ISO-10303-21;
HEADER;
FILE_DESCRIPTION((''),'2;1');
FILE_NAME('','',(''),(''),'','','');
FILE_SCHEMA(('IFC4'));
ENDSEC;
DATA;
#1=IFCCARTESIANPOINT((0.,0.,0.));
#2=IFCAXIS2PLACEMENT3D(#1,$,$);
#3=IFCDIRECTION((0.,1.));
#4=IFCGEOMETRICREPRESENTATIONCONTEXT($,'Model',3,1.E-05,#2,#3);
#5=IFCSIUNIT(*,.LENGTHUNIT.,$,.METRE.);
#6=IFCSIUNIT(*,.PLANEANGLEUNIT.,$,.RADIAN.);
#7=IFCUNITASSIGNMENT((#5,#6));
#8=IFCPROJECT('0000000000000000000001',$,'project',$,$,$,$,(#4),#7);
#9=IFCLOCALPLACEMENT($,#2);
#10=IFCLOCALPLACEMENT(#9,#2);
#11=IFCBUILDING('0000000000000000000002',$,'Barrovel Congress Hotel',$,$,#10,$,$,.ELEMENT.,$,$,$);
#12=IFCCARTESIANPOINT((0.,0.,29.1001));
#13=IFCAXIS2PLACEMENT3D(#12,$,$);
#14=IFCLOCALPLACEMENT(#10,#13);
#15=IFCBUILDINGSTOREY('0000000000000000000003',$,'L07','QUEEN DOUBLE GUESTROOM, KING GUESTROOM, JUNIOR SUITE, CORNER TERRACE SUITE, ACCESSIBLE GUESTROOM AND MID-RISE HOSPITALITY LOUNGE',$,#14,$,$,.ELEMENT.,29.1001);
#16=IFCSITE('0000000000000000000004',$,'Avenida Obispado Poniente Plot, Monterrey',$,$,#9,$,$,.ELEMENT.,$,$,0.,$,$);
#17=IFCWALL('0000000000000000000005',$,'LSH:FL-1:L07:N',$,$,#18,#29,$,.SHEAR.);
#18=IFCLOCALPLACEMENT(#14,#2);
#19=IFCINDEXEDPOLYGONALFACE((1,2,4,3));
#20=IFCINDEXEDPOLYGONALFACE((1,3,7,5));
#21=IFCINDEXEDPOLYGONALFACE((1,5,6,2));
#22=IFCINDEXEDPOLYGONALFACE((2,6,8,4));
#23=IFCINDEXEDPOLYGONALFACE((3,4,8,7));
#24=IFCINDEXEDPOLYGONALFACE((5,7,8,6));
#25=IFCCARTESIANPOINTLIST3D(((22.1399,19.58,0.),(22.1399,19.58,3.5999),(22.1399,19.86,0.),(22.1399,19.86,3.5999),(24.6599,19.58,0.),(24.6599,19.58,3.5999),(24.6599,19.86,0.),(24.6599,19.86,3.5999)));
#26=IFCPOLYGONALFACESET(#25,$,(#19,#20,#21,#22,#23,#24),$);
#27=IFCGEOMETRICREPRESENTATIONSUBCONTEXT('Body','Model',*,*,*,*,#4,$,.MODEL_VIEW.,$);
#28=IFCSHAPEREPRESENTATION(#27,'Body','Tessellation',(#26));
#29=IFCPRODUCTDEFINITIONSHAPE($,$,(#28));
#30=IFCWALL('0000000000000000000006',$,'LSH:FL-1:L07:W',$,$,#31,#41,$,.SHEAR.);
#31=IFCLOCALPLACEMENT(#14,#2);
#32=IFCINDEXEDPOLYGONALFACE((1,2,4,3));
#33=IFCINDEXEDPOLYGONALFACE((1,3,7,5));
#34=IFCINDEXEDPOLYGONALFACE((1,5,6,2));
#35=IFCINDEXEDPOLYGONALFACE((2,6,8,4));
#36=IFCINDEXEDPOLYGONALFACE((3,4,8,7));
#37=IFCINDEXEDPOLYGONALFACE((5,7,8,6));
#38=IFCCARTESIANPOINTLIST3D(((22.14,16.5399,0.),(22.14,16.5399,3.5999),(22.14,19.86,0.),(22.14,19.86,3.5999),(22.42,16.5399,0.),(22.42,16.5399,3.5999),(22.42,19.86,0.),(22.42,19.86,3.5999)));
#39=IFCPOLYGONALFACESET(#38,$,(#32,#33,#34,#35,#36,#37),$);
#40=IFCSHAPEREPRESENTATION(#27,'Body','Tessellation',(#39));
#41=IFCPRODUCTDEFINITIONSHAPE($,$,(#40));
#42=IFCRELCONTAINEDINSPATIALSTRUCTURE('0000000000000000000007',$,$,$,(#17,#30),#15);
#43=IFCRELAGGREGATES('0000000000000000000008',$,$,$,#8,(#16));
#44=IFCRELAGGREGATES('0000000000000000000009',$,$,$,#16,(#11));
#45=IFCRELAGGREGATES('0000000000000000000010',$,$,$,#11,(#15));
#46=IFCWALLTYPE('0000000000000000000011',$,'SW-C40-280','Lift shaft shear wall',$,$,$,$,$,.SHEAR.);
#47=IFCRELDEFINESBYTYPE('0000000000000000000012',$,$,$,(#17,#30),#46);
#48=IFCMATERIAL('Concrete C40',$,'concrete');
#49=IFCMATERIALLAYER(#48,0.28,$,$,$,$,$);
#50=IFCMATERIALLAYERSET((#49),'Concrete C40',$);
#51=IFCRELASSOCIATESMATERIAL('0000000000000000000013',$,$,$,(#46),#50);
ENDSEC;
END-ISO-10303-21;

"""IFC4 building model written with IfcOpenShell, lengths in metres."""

from ifc_helpers import new_model, si_unit, direction, frame, frame_2d, origin, place, context, subcontext, project, spatial, rectangle, extrude, material, layer, layer_set, type_object, element, save


model = new_model("IFC4")

# Units and contexts
model_context = context("Model", 3, precision=1e-05, world=origin(), true_north=direction((0.0, 1.0)))
body_context = subcontext(model_context, "Body", "Model", "MODEL_VIEW")
ifc_project = project(units=[si_unit("LENGTHUNIT", "METRE"), si_unit("PLANEANGLEUNIT", "RADIAN")], contexts=[model_context])

# Site, building, storey
site_placement = place(None, origin())
site = spatial("IfcSite", under=ifc_project, at=site_placement, Name="Avenida Obispado Poniente Plot, Monterrey", CompositionType="ELEMENT", RefElevation=0.0)
building_placement = place(site_placement, origin())
building = spatial("IfcBuilding", under=site, at=building_placement, Name="Barrovel Congress Hotel", CompositionType="ELEMENT")
storey_placement = place(building_placement, frame((0.0, 0.0, 29.1001)))
storey = spatial("IfcBuildingStorey", under=building, at=storey_placement, Name="L07", Description="QUEEN DOUBLE GUESTROOM, KING GUESTROOM, JUNIOR SUITE, CORNER TERRACE SUITE, ACCESSIBLE GUESTROOM AND MID-RISE HOSPITALITY LOUNGE", CompositionType="ELEMENT", Elevation=29.1001)

# Shared definitions
ifc_material_1 = material(Name="Concrete C40", Category="concrete")

# Shared definitions
ifc_layer_1 = layer(ifc_material_1, 0.28)
ifc_layer_set_1 = layer_set([ifc_layer_1], Name="Concrete C40")
wall_type_1 = type_object("IfcWallType", Name="SW-C40-280", Description="Lift shaft shear wall", PredefinedType="SHEAR", material=ifc_layer_set_1)

# Walls
wall_1_placement = place(storey_placement, frame((24.6599, 19.72, 0.0), z_axis=(0.0, 0.0, 1.0), x_axis=(-1.0, 0.0, 0.0)))
element("IfcWall", 1, at=wall_1_placement, inside=storey, type_object=wall_type_1, Name="LSH:FL-1:L07:N", PredefinedType="SHEAR", context=body_context, shape_type="SweptSolid", body=[
    extrude(rectangle(XDim=2.52, YDim=0.28, at=frame_2d((1.26, 0.0))), origin(), (0.0, 0.0, 1.0), 3.5999),
])
wall_2_placement = place(storey_placement, frame((22.28, 19.8601, 0.0), z_axis=(0.0, 0.0, 1.0), x_axis=(0.0, -1.0, 0.0)))
element("IfcWall", 2, at=wall_2_placement, inside=storey, type_object=wall_type_1, Name="LSH:FL-1:L07:W", PredefinedType="SHEAR", context=body_context, shape_type="SweptSolid", body=[
    extrude(rectangle(XDim=3.3201, YDim=0.28, at=frame_2d((1.6602, 0.0))), origin(), (0.0, 0.0, 1.0), 3.5999),
])

save(model, "model.ifc")
